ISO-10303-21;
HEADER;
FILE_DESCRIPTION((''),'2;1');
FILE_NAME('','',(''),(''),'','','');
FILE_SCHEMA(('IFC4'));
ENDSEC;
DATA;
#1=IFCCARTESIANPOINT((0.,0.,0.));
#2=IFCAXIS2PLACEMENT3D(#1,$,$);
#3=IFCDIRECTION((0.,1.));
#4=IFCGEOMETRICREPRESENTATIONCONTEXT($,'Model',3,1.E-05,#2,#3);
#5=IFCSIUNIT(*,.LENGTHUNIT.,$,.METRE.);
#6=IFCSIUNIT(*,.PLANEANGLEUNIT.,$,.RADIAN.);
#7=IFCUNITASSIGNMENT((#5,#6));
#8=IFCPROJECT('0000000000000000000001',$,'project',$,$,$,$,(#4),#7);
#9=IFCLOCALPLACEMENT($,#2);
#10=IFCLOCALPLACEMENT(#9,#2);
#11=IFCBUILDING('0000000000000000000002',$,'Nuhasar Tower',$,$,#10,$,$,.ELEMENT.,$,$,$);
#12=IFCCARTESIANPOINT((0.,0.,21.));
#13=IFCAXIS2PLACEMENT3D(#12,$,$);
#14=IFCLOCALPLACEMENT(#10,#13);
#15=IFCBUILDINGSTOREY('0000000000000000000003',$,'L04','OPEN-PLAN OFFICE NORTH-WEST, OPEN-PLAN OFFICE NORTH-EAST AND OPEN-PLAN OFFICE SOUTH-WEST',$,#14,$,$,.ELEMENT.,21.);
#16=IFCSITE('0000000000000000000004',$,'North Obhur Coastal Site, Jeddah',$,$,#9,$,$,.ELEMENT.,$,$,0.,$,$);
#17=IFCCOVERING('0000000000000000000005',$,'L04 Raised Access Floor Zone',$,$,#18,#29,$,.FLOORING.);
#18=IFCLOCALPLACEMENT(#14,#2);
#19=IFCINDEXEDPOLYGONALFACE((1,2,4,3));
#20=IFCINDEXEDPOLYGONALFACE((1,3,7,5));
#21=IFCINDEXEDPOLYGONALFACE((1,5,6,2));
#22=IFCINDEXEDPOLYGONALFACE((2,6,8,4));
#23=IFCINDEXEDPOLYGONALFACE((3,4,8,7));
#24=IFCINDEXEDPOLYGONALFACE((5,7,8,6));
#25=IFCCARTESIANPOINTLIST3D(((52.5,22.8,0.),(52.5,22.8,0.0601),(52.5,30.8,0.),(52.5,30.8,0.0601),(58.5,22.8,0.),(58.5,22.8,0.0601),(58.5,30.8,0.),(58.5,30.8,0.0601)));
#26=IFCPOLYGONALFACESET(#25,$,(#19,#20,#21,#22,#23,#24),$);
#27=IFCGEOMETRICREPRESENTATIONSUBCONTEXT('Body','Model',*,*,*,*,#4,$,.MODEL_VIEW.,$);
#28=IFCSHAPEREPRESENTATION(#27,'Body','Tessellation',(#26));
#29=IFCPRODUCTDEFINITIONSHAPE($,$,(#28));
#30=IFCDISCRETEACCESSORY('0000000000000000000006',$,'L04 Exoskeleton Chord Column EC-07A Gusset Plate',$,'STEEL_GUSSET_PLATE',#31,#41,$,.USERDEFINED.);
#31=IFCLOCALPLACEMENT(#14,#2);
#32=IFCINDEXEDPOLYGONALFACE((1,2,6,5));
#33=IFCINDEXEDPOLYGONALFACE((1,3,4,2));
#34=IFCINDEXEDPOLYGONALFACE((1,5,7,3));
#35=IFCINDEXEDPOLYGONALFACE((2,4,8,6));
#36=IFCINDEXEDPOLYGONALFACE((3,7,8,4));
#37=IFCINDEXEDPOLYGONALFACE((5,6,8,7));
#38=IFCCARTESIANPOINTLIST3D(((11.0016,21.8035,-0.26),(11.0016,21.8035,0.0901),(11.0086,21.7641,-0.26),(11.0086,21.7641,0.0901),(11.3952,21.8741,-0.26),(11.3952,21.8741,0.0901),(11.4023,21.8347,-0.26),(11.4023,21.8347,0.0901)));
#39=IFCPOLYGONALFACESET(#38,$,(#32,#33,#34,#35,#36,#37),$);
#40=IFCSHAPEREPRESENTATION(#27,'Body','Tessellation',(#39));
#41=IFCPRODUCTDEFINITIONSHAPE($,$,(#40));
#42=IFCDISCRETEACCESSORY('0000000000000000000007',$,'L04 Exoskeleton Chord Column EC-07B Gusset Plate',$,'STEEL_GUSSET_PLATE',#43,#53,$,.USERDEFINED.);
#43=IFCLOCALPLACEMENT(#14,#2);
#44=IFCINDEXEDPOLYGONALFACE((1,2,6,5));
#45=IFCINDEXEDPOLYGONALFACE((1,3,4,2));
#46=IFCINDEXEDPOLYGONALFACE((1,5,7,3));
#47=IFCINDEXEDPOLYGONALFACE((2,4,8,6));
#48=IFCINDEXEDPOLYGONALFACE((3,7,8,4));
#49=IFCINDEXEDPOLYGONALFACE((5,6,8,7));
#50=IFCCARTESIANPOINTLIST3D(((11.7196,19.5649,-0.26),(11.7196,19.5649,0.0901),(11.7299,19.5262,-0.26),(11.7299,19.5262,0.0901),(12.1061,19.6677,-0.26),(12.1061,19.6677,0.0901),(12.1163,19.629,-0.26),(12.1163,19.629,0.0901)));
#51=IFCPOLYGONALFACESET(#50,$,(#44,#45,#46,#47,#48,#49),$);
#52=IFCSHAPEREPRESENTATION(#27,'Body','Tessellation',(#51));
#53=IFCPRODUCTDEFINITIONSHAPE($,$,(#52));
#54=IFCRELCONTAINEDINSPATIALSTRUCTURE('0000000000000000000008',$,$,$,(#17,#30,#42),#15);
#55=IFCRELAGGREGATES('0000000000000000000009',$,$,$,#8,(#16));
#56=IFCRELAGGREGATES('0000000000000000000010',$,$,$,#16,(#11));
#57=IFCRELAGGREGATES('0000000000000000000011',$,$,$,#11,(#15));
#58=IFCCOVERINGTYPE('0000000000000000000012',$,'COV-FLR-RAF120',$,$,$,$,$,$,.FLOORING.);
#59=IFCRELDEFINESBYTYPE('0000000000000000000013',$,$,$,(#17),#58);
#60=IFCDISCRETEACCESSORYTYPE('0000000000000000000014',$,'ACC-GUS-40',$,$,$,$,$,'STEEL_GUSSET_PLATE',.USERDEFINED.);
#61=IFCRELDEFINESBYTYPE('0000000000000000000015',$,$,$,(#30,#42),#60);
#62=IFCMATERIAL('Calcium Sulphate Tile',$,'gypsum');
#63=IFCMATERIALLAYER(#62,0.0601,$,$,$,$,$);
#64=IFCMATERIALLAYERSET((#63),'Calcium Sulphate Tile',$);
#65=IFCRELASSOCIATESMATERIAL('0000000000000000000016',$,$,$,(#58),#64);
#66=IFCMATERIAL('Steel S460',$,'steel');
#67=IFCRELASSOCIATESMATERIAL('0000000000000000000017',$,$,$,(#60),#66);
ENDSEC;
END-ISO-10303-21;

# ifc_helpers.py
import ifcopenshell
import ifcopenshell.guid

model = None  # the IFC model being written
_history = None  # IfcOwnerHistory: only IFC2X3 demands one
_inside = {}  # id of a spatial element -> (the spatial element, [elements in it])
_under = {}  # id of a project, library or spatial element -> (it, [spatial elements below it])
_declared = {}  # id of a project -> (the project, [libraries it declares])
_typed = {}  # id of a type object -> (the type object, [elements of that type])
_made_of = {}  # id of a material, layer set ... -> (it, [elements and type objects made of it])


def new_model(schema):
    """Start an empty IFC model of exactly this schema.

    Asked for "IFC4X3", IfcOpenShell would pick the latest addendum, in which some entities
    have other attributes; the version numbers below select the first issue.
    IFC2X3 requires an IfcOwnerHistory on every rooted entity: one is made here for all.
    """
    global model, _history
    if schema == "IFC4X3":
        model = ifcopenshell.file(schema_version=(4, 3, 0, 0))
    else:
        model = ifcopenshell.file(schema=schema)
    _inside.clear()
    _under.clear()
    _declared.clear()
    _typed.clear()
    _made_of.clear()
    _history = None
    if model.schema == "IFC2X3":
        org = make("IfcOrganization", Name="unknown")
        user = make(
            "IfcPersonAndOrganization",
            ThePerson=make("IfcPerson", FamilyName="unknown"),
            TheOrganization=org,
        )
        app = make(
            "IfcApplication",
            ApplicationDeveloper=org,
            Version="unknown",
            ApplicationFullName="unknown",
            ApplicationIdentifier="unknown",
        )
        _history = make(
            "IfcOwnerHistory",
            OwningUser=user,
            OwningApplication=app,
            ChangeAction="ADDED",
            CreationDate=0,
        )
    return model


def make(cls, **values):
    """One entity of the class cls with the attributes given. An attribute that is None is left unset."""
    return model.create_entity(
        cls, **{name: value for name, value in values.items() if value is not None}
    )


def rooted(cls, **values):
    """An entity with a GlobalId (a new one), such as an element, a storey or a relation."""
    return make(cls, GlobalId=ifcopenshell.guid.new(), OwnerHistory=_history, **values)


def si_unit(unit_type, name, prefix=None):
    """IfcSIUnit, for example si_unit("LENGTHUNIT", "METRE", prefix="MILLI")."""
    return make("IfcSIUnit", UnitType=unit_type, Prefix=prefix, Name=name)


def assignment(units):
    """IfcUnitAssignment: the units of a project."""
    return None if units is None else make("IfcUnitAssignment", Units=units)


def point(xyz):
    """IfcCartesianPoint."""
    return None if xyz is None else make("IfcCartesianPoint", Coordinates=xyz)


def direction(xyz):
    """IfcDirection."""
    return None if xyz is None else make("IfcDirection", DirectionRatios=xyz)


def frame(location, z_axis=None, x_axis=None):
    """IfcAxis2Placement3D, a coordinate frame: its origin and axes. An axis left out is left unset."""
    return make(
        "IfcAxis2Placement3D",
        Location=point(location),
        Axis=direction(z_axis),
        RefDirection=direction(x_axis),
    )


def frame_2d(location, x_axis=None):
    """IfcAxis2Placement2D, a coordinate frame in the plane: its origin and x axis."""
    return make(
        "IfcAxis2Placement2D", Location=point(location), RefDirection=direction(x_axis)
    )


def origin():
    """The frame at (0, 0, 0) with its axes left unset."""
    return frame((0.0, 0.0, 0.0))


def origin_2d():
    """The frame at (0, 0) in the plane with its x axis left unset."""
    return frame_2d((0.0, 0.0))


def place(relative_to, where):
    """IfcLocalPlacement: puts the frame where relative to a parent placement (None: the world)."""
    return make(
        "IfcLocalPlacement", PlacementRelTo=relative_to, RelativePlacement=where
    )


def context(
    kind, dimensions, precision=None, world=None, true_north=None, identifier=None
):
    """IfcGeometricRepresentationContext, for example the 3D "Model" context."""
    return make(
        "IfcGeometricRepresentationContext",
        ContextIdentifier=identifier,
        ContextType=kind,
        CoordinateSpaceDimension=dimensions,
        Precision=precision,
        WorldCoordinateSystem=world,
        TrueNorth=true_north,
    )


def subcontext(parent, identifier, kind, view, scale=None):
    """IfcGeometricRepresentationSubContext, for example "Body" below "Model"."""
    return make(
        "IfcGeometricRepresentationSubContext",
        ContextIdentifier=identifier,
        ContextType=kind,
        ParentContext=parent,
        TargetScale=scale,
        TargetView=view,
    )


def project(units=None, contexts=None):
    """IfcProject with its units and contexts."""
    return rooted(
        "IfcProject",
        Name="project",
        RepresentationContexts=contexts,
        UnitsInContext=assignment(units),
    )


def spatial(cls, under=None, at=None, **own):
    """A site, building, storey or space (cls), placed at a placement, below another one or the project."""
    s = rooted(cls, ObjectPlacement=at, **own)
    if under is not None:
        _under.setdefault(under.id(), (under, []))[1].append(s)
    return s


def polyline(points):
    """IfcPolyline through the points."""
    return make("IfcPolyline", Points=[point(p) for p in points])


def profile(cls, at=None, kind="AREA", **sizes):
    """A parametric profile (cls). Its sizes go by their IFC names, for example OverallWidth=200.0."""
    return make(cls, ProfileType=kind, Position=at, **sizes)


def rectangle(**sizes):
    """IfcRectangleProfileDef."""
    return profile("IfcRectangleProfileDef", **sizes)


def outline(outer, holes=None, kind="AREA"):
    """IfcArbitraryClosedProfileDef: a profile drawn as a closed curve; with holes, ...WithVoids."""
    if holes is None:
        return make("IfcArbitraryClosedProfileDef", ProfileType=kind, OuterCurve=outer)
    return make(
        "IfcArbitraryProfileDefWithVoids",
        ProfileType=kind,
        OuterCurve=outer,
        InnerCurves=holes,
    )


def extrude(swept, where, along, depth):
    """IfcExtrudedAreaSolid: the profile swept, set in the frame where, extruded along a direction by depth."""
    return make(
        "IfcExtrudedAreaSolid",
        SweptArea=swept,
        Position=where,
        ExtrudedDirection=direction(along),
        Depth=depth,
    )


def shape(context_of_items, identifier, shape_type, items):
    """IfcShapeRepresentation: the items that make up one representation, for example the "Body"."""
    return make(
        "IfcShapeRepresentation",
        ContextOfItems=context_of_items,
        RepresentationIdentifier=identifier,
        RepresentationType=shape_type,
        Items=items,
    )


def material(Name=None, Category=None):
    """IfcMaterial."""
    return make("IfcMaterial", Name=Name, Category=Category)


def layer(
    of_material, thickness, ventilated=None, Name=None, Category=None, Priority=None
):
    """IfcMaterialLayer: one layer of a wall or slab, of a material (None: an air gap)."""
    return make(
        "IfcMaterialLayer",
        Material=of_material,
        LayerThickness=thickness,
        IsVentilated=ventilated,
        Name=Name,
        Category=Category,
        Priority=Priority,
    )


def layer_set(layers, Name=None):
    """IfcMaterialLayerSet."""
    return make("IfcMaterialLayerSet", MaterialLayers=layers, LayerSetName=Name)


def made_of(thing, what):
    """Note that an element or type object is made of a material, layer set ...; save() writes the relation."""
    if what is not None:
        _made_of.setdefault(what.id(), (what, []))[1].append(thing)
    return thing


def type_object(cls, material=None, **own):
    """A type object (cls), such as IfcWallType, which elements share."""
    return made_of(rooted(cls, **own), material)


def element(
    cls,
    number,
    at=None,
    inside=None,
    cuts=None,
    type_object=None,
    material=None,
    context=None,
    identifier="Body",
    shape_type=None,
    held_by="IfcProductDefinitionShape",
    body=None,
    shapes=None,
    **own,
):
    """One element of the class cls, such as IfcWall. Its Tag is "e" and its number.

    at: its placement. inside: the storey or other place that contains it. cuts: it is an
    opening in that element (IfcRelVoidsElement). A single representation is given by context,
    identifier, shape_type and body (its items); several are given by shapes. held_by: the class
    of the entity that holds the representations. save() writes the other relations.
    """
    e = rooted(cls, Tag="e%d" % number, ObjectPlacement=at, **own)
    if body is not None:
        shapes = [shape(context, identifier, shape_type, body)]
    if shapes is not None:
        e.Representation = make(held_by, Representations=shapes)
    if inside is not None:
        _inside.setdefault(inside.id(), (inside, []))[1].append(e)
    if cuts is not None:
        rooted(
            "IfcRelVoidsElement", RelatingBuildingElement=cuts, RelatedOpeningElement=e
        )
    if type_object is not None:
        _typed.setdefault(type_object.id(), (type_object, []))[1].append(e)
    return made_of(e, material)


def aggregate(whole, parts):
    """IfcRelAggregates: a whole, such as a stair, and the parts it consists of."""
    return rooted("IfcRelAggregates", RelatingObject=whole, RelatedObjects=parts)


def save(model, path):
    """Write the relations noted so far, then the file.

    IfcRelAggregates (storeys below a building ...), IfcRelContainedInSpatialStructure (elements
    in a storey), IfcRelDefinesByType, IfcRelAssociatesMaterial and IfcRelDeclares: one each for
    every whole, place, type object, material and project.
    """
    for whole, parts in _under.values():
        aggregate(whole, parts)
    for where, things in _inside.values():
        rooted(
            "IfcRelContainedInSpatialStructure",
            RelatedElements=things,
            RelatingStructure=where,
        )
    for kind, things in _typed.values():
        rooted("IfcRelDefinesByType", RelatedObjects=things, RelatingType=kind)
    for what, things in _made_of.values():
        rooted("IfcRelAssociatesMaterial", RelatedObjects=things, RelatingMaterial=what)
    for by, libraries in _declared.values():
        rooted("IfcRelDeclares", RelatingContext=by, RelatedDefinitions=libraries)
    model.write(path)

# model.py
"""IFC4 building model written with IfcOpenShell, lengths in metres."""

from ifc_helpers import new_model, si_unit, direction, frame, origin, origin_2d, place, context, subcontext, project, spatial, polyline, rectangle, outline, extrude, material, layer, layer_set, type_object, element, save


model = new_model("IFC4")

# Units and contexts
model_context = context("Model", 3, precision=1e-05, world=origin(), true_north=direction((0.0, 1.0)))
body_context = subcontext(model_context, "Body", "Model", "MODEL_VIEW")
ifc_project = project(units=[si_unit("LENGTHUNIT", "METRE"), si_unit("PLANEANGLEUNIT", "RADIAN")], contexts=[model_context])

# Site, building, storey
site_placement = place(None, origin())
site = spatial("IfcSite", under=ifc_project, at=site_placement, Name="North Obhur Coastal Site, Jeddah", CompositionType="ELEMENT", RefElevation=0.0)
building_placement = place(site_placement, origin())
building = spatial("IfcBuilding", under=site, at=building_placement, Name="Nuhasar Tower", CompositionType="ELEMENT")
storey_placement = place(building_placement, frame((0.0, 0.0, 21.0)))
storey = spatial("IfcBuildingStorey", under=building, at=storey_placement, Name="L04", Description="OPEN-PLAN OFFICE NORTH-WEST, OPEN-PLAN OFFICE NORTH-EAST AND OPEN-PLAN OFFICE SOUTH-WEST", CompositionType="ELEMENT", Elevation=21.0)

# Shared definitions
ifc_material_1 = material(Name="Steel S460", Category="steel")

# Covering
ifc_material_2 = material(Name="Calcium Sulphate Tile", Category="gypsum")
ifc_layer_1 = layer(ifc_material_2, 0.0601)
ifc_layer_set_1 = layer_set([ifc_layer_1], Name="Calcium Sulphate Tile")
covering_type_1 = type_object("IfcCoveringType", Name="COV-FLR-RAF120", PredefinedType="FLOORING", material=ifc_layer_set_1)
covering_1_placement = place(storey_placement, origin())
element("IfcCovering", 1, at=covering_1_placement, inside=storey, type_object=covering_type_1, Name="L04 Raised Access Floor Zone", PredefinedType="FLOORING", context=body_context, shape_type="SweptSolid", body=[
    extrude(outline(polyline([(52.5, 22.8), (58.5, 22.8), (58.5, 30.8), (52.5, 30.8), (52.5, 22.8)])), origin(), (0.0, 0.0, 1.0), 0.0601),
])

# Discrete accessories
discrete_accessory_type = type_object("IfcDiscreteAccessoryType", Name="ACC-GUS-40", ElementType="STEEL_GUSSET_PLATE", PredefinedType="USERDEFINED", material=ifc_material_1)
for number, where, z_axis, x_axis, name in (
    (2, (11.2019, 21.8191, -0.26), (0.0, 0.0, 1.0), (-0.984322, -0.17638, 0.0), "L04 Exoskeleton Chord Column EC-07A Gusset Plate"),
    (3, (11.918, 19.5969, -0.26), (0.0, 0.0, 1.0), (-0.966403, -0.257032, 0.0), "L04 Exoskeleton Chord Column EC-07B Gusset Plate"),
):
    element("IfcDiscreteAccessory", number, at=place(storey_placement, frame(where, z_axis=z_axis, x_axis=x_axis)), inside=storey, type_object=discrete_accessory_type, Name=name, ObjectType="STEEL_GUSSET_PLATE", PredefinedType="USERDEFINED", context=body_context, shape_type="SweptSolid", body=[
        extrude(rectangle(XDim=0.3999, YDim=0.04, at=origin_2d()), origin(), (0.0, 0.0, 1.0), 0.3501),
    ])

save(model, "model.ifc")
